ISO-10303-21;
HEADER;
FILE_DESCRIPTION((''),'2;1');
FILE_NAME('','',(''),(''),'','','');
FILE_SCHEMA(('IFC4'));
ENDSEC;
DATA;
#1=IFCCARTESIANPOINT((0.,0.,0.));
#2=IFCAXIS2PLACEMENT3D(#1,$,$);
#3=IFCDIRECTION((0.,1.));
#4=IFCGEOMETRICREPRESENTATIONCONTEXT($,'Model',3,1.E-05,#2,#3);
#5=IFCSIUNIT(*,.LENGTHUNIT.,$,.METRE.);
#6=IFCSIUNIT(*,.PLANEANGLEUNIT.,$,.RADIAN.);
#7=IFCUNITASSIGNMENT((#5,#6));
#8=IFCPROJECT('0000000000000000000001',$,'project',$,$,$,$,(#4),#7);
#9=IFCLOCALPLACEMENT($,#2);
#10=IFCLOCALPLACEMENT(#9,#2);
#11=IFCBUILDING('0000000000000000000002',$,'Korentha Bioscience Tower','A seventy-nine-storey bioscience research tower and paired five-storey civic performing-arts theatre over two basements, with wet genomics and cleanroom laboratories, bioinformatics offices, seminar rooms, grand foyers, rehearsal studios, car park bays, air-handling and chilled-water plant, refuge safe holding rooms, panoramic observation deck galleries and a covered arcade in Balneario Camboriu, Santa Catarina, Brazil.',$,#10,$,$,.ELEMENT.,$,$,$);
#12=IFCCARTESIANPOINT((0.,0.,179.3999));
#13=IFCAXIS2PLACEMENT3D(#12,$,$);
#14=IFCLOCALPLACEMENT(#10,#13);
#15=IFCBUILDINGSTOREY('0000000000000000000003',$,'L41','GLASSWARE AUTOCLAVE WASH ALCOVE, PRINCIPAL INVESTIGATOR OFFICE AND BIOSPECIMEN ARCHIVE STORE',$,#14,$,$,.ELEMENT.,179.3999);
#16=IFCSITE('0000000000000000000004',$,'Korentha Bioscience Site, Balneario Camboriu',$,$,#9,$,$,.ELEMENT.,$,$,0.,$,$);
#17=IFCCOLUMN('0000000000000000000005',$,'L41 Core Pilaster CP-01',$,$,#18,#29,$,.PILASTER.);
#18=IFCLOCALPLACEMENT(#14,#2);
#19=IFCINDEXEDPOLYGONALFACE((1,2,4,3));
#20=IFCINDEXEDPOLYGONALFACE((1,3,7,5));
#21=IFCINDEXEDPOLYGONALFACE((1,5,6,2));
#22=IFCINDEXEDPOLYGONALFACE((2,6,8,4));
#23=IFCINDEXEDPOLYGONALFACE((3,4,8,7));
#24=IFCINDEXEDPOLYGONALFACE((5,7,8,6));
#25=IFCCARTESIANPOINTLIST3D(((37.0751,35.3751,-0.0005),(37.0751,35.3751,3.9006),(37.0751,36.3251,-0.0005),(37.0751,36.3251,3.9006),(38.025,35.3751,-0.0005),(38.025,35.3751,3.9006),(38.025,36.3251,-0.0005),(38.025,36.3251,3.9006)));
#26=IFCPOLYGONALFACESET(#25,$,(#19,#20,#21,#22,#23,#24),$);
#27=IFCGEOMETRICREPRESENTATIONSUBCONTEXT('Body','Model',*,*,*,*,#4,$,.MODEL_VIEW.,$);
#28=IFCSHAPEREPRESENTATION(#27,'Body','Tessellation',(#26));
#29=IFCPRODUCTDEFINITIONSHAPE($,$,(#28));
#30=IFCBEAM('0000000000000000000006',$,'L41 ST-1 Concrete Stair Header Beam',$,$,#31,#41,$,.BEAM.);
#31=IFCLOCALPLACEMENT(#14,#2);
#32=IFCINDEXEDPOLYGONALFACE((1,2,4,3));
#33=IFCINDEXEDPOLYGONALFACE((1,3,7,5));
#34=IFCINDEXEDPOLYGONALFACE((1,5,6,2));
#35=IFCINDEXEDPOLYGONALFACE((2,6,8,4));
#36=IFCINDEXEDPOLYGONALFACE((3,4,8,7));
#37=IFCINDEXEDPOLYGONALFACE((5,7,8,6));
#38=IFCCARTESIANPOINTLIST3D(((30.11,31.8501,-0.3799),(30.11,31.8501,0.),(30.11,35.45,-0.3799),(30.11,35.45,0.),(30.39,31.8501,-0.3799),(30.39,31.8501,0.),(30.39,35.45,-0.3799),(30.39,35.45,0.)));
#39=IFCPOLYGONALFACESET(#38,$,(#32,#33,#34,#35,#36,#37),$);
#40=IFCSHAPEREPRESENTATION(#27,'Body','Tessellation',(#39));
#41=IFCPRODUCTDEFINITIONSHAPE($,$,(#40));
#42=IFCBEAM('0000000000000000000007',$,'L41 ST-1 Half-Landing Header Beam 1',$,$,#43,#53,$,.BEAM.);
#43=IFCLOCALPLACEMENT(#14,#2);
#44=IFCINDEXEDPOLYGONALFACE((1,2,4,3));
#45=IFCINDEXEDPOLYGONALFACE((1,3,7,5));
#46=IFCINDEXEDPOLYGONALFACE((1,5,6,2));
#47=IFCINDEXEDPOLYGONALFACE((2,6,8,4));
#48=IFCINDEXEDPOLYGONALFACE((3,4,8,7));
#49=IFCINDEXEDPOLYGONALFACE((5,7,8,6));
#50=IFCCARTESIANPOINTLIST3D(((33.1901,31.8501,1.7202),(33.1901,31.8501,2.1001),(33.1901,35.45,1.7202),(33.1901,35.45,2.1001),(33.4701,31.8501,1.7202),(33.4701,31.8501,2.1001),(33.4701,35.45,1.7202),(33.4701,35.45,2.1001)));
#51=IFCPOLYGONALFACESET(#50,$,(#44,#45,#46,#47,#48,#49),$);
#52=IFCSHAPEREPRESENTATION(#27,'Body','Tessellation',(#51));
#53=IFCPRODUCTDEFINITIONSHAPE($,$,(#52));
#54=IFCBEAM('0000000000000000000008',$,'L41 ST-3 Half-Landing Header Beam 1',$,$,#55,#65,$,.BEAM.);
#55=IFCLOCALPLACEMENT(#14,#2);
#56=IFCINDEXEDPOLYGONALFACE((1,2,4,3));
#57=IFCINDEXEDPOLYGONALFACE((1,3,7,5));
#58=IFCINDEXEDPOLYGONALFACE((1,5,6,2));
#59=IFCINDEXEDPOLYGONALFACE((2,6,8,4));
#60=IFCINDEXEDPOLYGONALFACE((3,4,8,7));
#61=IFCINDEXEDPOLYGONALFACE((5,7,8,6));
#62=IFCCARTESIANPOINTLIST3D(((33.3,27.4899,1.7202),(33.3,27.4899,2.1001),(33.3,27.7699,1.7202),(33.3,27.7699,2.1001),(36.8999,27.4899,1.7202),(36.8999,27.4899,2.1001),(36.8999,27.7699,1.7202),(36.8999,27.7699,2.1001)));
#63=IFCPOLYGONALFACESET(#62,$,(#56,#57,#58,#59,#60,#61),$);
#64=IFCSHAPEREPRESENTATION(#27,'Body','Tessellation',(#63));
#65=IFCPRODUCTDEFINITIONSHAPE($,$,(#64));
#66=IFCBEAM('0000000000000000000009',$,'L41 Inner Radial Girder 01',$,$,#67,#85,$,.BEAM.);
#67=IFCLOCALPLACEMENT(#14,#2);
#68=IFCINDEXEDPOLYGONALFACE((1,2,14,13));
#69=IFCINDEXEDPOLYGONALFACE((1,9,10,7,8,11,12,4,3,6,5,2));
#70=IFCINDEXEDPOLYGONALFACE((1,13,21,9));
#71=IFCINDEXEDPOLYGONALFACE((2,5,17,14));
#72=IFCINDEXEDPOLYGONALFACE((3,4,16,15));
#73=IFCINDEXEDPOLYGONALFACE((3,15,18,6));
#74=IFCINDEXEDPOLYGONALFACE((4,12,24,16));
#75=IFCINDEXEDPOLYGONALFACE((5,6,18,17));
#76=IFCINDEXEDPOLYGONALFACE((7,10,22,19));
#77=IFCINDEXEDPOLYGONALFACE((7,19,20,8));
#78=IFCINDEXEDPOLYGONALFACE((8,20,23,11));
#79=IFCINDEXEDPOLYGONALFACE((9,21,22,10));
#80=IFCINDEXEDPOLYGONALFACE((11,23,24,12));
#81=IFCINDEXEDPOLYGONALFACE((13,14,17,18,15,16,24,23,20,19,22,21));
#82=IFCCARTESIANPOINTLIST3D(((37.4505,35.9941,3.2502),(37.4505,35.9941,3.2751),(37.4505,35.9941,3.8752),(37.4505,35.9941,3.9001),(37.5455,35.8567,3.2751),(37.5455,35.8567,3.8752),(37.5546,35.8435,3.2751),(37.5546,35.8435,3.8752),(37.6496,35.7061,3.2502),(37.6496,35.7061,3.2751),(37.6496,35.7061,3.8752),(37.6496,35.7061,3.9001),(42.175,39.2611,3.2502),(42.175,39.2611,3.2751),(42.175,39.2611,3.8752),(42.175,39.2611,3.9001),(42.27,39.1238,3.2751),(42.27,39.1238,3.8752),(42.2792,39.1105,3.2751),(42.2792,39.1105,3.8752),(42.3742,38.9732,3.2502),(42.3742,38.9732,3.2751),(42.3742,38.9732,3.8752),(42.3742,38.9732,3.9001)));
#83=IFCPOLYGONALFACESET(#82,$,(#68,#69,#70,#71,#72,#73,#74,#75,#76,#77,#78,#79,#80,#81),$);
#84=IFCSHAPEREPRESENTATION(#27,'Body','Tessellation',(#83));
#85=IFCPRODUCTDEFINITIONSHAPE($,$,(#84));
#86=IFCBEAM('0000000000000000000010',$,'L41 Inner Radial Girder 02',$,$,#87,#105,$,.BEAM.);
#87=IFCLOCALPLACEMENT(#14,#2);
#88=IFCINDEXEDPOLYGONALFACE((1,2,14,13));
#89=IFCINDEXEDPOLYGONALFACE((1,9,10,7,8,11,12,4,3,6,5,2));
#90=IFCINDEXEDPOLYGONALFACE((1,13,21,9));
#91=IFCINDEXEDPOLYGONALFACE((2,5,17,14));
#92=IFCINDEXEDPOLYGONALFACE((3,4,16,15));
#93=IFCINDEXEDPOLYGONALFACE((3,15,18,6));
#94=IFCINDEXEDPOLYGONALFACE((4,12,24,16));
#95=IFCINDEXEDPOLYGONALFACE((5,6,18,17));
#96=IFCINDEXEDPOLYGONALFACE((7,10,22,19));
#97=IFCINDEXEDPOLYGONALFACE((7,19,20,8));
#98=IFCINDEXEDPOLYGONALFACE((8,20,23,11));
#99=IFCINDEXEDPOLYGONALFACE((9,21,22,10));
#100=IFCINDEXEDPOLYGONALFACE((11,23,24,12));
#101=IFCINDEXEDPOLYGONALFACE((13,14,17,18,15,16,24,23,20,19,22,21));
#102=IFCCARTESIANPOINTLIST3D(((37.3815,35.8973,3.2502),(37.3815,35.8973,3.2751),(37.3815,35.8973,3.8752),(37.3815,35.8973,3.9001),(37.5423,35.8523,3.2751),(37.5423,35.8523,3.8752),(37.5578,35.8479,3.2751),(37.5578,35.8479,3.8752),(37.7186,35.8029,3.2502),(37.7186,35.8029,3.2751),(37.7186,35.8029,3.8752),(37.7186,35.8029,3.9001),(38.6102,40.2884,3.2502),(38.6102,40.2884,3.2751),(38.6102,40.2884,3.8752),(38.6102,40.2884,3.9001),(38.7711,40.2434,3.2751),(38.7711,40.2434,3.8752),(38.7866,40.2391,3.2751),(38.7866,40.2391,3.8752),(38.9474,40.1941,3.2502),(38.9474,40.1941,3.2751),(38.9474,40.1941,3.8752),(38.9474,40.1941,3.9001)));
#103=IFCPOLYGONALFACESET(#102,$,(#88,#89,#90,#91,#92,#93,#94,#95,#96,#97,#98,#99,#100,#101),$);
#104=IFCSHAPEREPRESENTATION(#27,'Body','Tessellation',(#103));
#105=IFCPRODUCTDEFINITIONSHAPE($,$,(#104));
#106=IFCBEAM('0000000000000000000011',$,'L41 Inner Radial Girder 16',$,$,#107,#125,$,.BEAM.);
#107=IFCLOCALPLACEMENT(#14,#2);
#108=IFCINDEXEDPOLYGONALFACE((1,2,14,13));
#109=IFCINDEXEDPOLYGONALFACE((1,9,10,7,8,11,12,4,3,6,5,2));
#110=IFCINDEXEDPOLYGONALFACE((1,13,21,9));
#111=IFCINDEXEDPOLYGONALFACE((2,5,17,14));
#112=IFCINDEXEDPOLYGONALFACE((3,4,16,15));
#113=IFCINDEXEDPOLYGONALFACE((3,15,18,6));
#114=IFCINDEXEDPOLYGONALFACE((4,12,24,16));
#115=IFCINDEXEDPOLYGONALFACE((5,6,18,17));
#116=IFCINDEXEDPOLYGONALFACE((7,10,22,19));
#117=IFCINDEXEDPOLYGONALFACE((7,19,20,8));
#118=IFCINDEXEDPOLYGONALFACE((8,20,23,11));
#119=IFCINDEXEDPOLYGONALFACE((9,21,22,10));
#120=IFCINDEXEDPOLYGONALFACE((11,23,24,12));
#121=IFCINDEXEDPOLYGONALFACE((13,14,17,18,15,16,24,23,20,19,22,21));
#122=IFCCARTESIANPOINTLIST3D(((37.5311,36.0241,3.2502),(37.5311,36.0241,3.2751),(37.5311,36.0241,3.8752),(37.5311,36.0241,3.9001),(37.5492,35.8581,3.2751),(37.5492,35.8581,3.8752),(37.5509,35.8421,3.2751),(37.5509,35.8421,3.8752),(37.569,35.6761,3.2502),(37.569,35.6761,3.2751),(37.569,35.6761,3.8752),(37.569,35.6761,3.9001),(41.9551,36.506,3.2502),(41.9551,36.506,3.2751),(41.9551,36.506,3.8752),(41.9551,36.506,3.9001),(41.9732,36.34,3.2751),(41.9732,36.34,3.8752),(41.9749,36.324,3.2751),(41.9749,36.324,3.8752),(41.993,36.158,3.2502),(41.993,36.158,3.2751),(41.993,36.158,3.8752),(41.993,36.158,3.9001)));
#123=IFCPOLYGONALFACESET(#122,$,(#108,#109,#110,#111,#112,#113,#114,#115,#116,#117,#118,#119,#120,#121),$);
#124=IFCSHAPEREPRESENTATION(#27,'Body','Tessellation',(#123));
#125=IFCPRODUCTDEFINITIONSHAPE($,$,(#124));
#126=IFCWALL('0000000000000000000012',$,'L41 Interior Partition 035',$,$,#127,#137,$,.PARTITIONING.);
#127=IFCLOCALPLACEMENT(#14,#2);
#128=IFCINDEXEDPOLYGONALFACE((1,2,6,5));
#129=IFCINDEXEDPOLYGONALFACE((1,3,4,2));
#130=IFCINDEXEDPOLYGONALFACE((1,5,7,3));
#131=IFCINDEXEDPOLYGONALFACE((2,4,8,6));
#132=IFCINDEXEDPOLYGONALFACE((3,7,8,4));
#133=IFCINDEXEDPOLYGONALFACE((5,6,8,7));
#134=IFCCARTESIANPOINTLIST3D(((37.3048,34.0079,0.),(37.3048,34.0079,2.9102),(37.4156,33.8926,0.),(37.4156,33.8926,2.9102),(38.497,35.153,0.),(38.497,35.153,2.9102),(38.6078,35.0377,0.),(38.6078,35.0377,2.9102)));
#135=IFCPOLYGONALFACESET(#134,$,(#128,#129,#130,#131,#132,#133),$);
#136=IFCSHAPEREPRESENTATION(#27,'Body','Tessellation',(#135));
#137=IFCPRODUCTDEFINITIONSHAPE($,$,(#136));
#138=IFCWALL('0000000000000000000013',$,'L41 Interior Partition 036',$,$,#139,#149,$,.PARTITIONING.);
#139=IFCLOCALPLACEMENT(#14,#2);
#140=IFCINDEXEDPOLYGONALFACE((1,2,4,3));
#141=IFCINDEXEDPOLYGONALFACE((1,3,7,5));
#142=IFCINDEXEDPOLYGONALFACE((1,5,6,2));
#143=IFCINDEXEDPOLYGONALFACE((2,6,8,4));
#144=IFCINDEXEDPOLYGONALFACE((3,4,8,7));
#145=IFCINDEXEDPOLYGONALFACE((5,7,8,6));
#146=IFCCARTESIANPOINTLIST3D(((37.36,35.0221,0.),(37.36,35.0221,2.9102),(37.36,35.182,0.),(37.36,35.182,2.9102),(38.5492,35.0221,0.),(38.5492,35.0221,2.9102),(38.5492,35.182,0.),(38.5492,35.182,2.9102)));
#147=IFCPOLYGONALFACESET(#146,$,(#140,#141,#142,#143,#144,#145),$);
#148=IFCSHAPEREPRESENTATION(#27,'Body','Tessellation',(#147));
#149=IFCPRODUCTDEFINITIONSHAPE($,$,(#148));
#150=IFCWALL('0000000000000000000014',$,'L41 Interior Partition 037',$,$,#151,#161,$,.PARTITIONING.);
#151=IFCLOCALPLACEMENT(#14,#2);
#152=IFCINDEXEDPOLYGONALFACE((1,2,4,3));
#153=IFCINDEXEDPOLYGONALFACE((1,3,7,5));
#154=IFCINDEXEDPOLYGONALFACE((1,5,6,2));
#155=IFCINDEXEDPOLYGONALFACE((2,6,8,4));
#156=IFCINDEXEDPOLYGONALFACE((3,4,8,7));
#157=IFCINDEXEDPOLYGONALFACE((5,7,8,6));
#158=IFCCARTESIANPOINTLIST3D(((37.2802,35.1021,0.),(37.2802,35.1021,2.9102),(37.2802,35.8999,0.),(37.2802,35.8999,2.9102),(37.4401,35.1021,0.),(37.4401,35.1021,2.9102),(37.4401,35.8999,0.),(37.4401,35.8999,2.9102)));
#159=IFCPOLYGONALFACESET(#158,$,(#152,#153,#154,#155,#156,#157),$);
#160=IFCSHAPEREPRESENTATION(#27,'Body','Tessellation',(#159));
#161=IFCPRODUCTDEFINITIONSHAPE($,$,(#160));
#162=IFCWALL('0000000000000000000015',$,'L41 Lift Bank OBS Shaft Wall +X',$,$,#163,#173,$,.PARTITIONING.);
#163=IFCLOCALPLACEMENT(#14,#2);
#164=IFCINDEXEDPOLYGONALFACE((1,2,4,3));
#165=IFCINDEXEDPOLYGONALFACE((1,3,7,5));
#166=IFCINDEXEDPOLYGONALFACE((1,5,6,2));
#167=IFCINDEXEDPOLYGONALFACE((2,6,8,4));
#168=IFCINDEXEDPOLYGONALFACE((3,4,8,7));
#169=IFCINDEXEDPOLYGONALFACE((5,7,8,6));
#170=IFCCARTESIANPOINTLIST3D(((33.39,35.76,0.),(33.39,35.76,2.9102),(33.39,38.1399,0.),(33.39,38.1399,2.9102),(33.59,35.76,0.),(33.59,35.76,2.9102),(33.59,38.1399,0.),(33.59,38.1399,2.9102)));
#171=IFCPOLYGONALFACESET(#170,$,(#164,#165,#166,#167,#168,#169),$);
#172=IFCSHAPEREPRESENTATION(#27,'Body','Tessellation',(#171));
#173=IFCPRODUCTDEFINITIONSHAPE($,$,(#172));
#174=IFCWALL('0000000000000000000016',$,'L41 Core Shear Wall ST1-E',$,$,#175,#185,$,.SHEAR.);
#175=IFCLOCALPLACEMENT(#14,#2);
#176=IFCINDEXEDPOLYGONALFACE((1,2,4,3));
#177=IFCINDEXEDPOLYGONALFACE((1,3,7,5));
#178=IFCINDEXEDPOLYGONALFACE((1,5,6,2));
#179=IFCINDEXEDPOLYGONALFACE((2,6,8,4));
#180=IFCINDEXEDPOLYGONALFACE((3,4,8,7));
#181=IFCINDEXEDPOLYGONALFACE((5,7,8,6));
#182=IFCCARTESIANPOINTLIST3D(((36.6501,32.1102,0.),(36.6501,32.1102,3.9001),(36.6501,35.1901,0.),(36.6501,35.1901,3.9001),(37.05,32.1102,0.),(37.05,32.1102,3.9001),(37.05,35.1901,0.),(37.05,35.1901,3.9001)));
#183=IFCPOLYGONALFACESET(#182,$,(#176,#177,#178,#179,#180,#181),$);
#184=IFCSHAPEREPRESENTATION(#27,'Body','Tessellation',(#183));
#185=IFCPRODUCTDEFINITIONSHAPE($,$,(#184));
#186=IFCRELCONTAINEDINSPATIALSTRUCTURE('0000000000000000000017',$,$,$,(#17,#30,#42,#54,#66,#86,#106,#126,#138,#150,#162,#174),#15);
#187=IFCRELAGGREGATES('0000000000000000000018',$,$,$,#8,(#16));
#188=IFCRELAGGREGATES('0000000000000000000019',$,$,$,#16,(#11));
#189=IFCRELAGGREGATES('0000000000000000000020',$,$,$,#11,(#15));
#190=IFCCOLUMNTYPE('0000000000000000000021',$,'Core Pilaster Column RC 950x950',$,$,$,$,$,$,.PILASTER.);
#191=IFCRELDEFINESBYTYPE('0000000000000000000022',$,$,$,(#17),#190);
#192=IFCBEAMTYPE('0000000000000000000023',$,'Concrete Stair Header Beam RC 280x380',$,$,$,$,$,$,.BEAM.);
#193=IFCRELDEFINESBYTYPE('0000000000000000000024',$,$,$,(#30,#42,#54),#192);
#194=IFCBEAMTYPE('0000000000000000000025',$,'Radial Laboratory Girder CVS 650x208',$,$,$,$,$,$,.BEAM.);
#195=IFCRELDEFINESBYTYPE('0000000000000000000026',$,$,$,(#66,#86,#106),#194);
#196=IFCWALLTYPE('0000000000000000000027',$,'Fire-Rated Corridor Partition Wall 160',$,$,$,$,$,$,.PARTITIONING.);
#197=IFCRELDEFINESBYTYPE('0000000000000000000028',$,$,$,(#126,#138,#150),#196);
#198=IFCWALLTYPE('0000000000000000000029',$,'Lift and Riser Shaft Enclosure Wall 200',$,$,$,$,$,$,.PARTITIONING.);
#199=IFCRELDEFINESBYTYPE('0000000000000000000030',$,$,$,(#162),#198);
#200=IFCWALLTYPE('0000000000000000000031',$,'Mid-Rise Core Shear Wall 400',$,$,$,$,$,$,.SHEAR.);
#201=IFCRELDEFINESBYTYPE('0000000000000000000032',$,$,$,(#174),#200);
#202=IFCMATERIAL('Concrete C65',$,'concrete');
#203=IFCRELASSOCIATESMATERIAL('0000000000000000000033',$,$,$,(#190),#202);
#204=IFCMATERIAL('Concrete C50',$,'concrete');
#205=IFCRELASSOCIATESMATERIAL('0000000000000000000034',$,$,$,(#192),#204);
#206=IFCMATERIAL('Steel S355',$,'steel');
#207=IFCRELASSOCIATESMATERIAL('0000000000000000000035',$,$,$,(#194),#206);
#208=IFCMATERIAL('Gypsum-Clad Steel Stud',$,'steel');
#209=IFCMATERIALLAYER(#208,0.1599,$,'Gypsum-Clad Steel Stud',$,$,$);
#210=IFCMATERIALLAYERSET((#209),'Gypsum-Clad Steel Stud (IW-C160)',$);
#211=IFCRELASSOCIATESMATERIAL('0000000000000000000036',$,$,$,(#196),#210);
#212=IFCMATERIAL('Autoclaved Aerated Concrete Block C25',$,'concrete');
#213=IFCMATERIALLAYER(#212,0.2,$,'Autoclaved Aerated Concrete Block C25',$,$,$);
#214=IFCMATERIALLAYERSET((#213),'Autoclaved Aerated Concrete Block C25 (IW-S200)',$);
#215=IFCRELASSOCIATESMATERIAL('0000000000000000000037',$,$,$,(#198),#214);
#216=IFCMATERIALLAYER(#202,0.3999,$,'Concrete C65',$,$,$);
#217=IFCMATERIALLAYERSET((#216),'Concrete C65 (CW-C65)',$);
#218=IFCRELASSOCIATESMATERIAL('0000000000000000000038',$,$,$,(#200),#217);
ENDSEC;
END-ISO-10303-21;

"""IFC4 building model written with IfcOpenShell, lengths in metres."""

from ifc_helpers import new_model, si_unit, direction, frame, frame_2d, origin, origin_2d, place, context, subcontext, project, spatial, rectangle, i_section, extrude, material, layer, layer_set, material_profile, profile_set, type_object, element, save


model = new_model("IFC4")

# Units and contexts
model_context = context("Model", 3, precision=1e-05, world=origin(), true_north=direction((0.0, 1.0)))
body_context = subcontext(model_context, "Body", "Model", "MODEL_VIEW")
ifc_project = project(units=[si_unit("LENGTHUNIT", "METRE"), si_unit("PLANEANGLEUNIT", "RADIAN")], contexts=[model_context])

# Site, building, storey
site_placement = place(None, origin())
site = spatial("IfcSite", under=ifc_project, at=site_placement, Name="Korentha Bioscience Site, Balneario Camboriu", CompositionType="ELEMENT", RefElevation=0.0)
building_placement = place(site_placement, origin())
building = spatial("IfcBuilding", under=site, at=building_placement, Name="Korentha Bioscience Tower", Description="A seventy-nine-storey bioscience research tower and paired five-storey civic performing-arts theatre over two basements, with wet genomics and cleanroom laboratories, bioinformatics offices, seminar rooms, grand foyers, rehearsal studios, car park bays, air-handling and chilled-water plant, refuge safe holding rooms, panoramic observation deck galleries and a covered arcade in Balneario Camboriu, Santa Catarina, Brazil.", CompositionType="ELEMENT")
storey_placement = place(building_placement, frame((0.0, 0.0, 179.3999)))
storey = spatial("IfcBuildingStorey", under=building, at=storey_placement, Name="L41", Description="GLASSWARE AUTOCLAVE WASH ALCOVE, PRINCIPAL INVESTIGATOR OFFICE AND BIOSPECIMEN ARCHIVE STORE", CompositionType="ELEMENT", Elevation=179.3999)

# Column
ifc_material_1 = material(Name="Concrete C65", Category="concrete")
ifc_material_profile_1 = material_profile(ifc_material_1, rectangle(XDim=0.95, YDim=0.95, at=origin_2d()), Name="Concrete C65")
ifc_profile_set_1 = profile_set([ifc_material_profile_1], Name="Concrete C65 (COL-CP09)")
column_type = type_object("IfcColumnType", Name="Core Pilaster Column RC 950x950", PredefinedType="PILASTER", material=ifc_profile_set_1)
column_placement = place(storey_placement, frame((37.55, 35.8501, -0.0005), z_axis=(0.0, 0.0, 1.0), x_axis=(1.0, 0.0, 0.0)))
element("IfcColumn", 1, at=column_placement, inside=storey, type_object=column_type, Name="L41 Core Pilaster CP-01", PredefinedType="PILASTER", context=body_context, shape_type="SweptSolid", body=[
    extrude(rectangle(XDim=0.95, YDim=0.95, at=origin_2d()), origin(), (0.0, 0.0, 1.0), 3.9011),
])

# Beams
ifc_material_2 = material(Name="Concrete C50", Category="concrete")
ifc_material_profile_2 = material_profile(ifc_material_2, rectangle(XDim=0.28, YDim=0.3799, at=origin_2d()), Name="Concrete C50")
ifc_profile_set_2 = profile_set([ifc_material_profile_2], Name="Concrete C50 (ST-HB380)")
beam_type_1 = type_object("IfcBeamType", Name="Concrete Stair Header Beam RC 280x380", PredefinedType="BEAM", material=ifc_profile_set_2)
for number, where, z_axis, x_axis, name in (
    (2, (30.25, 31.8501, -0.1899), (0.0, 1.0, 0.0), (-1.0, 0.0, 0.0), "L41 ST-1 Concrete Stair Header Beam"),
    (3, (33.3301, 31.8501, 1.9102), (0.0, 1.0, 0.0), (-1.0, 0.0, 0.0), "L41 ST-1 Half-Landing Header Beam 1"),
    (4, (36.8999, 27.6299, 1.9102), (-1.0, 0.0, 0.0), (0.0, -1.0, 0.0), "L41 ST-3 Half-Landing Header Beam 1"),
):
    element("IfcBeam", number, at=place(storey_placement, frame(where, z_axis=z_axis, x_axis=x_axis)), inside=storey, type_object=beam_type_1, Name=name, PredefinedType="BEAM", context=body_context, shape_type="SweptSolid", body=[
        extrude(rectangle(XDim=0.28, YDim=0.3799, at=origin_2d()), origin(), (0.0, 0.0, 1.0), 3.5999),
    ])
ifc_material_3 = material(Name="Steel S355", Category="steel")
ifc_material_profile_3 = material_profile(ifc_material_3, i_section(OverallWidth=0.3501, OverallDepth=0.6499, WebThickness=0.0161, FlangeThickness=0.0249, at=origin_2d()), Name="Steel S355")
ifc_profile_set_3 = profile_set([ifc_material_profile_3], Name="Steel S355 (RB-650)")
beam_type_2 = type_object("IfcBeamType", Name="Radial Laboratory Girder CVS 650x208", PredefinedType="BEAM", material=ifc_profile_set_3)
beam_1_placement = place(storey_placement, frame((37.55, 35.8501, 3.5752), z_axis=(0.822501, 0.568763, 0.0), x_axis=(-0.568763, 0.822501, 0.0)))
element("IfcBeam", 5, at=beam_1_placement, inside=storey, type_object=beam_type_2, Name="L41 Inner Radial Girder 01", PredefinedType="BEAM", context=body_context, shape_type="SweptSolid", body=[
    extrude(i_section(OverallWidth=0.3501, OverallDepth=0.6499, WebThickness=0.0161, FlangeThickness=0.0249, at=origin_2d()), origin(), (0.0, 0.0, 1.0), 5.7441),
])
beam_2_placement = place(storey_placement, frame((37.55, 35.8501, 3.5752), z_axis=(0.269477, 0.963007, 0.0), x_axis=(-0.963007, 0.269477, 0.0)))
element("IfcBeam", 6, at=beam_2_placement, inside=storey, type_object=beam_type_2, Name="L41 Inner Radial Girder 02", PredefinedType="BEAM", context=body_context, shape_type="SweptSolid", body=[
    extrude(i_section(OverallWidth=0.3501, OverallDepth=0.6499, WebThickness=0.0161, FlangeThickness=0.0249, at=origin_2d()), origin(), (0.0, 0.0, 1.0), 4.5598),
])
beam_3_placement = place(storey_placement, frame((37.55, 35.8501, 3.5752), z_axis=(0.994119, 0.108294, 0.0), x_axis=(-0.108294, 0.994119, 0.0)))
element("IfcBeam", 7, at=beam_3_placement, inside=storey, type_object=beam_type_2, Name="L41 Inner Radial Girder 16", PredefinedType="BEAM", context=body_context, shape_type="SweptSolid", body=[
    extrude(i_section(OverallWidth=0.3501, OverallDepth=0.6499, WebThickness=0.0161, FlangeThickness=0.0249, at=origin_2d()), origin(), (0.0, 0.0, 1.0), 4.4502),
])

# Walls
ifc_material_4 = material(Name="Gypsum-Clad Steel Stud", Category="steel")
ifc_layer_1 = layer(ifc_material_4, 0.1599, Name="Gypsum-Clad Steel Stud")
ifc_layer_set_1 = layer_set([ifc_layer_1], Name="Gypsum-Clad Steel Stud (IW-C160)")
wall_type_1 = type_object("IfcWallType", Name="Fire-Rated Corridor Partition Wall 160", PredefinedType="PARTITIONING", material=ifc_layer_set_1)
wall_1_placement = place(storey_placement, frame((37.3601, 33.9502, 0.0), z_axis=(0.0, 0.0, 1.0), x_axis=(0.721216, 0.69271, 0.0)))
element("IfcWall", 8, at=wall_1_placement, inside=storey, type_object=wall_type_1, Name="L41 Interior Partition 035", PredefinedType="PARTITIONING", context=body_context, shape_type="SweptSolid", body=[
    extrude(rectangle(XDim=1.6531, YDim=0.1599, at=frame_2d((0.8267, 0.0))), origin(), (0.0, 0.0, 1.0), 2.9102),
])
wall_2_placement = place(storey_placement, frame((38.5493, 35.1021, 0.0), z_axis=(0.0, 0.0, 1.0), x_axis=(-1.0, 0.0, 0.0)))
element("IfcWall", 9, at=wall_2_placement, inside=storey, type_object=wall_type_1, Name="L41 Interior Partition 036", PredefinedType="PARTITIONING", context=body_context, shape_type="SweptSolid", body=[
    extrude(rectangle(XDim=1.1892, YDim=0.1599, at=frame_2d((0.5947, 0.0))), origin(), (0.0, 0.0, 1.0), 2.9102),
])
wall_3_placement = place(storey_placement, frame((37.3601, 35.1021, 0.0), z_axis=(0.0, 0.0, 1.0), x_axis=(0.0, 1.0, 0.0)))
element("IfcWall", 10, at=wall_3_placement, inside=storey, type_object=wall_type_1, Name="L41 Interior Partition 037", PredefinedType="PARTITIONING", context=body_context, shape_type="SweptSolid", body=[
    extrude(rectangle(XDim=0.7979, YDim=0.1599, at=frame_2d((0.3989, 0.0))), origin(), (0.0, 0.0, 1.0), 2.9102),
])
ifc_material_5 = material(Name="Autoclaved Aerated Concrete Block C25", Category="concrete")
ifc_layer_2 = layer(ifc_material_5, 0.2, Name="Autoclaved Aerated Concrete Block C25")
ifc_layer_set_2 = layer_set([ifc_layer_2], Name="Autoclaved Aerated Concrete Block C25 (IW-S200)")
wall_type_2 = type_object("IfcWallType", Name="Lift and Riser Shaft Enclosure Wall 200", PredefinedType="PARTITIONING", material=ifc_layer_set_2)
wall_4_placement = place(storey_placement, frame((33.49, 35.76, 0.0), z_axis=(0.0, 0.0, 1.0), x_axis=(0.0, 1.0, 0.0)))
element("IfcWall", 11, at=wall_4_placement, inside=storey, type_object=wall_type_2, Name="L41 Lift Bank OBS Shaft Wall +X", PredefinedType="PARTITIONING", context=body_context, shape_type="SweptSolid", body=[
    extrude(rectangle(XDim=2.3799, YDim=0.2, at=frame_2d((1.1899, 0.0))), origin(), (0.0, 0.0, 1.0), 2.9102),
])
ifc_layer_3 = layer(ifc_material_1, 0.3999, Name="Concrete C65")
ifc_layer_set_3 = layer_set([ifc_layer_3], Name="Concrete C65 (CW-C65)")
wall_type_3 = type_object("IfcWallType", Name="Mid-Rise Core Shear Wall 400", PredefinedType="SHEAR", material=ifc_layer_set_3)
wall_5_placement = place(storey_placement, frame((36.8501, 32.1101, 0.0), z_axis=(0.0, 0.0, 1.0), x_axis=(0.0, 1.0, 0.0)))
element("IfcWall", 12, at=wall_5_placement, inside=storey, type_object=wall_type_3, Name="L41 Core Shear Wall ST1-E", PredefinedType="SHEAR", context=body_context, shape_type="SweptSolid", body=[
    extrude(rectangle(XDim=3.0798, YDim=0.3999, at=frame_2d((1.54, 0.0))), origin(), (0.0, 0.0, 1.0), 3.9001),
])

save(model, "model.ifc")
